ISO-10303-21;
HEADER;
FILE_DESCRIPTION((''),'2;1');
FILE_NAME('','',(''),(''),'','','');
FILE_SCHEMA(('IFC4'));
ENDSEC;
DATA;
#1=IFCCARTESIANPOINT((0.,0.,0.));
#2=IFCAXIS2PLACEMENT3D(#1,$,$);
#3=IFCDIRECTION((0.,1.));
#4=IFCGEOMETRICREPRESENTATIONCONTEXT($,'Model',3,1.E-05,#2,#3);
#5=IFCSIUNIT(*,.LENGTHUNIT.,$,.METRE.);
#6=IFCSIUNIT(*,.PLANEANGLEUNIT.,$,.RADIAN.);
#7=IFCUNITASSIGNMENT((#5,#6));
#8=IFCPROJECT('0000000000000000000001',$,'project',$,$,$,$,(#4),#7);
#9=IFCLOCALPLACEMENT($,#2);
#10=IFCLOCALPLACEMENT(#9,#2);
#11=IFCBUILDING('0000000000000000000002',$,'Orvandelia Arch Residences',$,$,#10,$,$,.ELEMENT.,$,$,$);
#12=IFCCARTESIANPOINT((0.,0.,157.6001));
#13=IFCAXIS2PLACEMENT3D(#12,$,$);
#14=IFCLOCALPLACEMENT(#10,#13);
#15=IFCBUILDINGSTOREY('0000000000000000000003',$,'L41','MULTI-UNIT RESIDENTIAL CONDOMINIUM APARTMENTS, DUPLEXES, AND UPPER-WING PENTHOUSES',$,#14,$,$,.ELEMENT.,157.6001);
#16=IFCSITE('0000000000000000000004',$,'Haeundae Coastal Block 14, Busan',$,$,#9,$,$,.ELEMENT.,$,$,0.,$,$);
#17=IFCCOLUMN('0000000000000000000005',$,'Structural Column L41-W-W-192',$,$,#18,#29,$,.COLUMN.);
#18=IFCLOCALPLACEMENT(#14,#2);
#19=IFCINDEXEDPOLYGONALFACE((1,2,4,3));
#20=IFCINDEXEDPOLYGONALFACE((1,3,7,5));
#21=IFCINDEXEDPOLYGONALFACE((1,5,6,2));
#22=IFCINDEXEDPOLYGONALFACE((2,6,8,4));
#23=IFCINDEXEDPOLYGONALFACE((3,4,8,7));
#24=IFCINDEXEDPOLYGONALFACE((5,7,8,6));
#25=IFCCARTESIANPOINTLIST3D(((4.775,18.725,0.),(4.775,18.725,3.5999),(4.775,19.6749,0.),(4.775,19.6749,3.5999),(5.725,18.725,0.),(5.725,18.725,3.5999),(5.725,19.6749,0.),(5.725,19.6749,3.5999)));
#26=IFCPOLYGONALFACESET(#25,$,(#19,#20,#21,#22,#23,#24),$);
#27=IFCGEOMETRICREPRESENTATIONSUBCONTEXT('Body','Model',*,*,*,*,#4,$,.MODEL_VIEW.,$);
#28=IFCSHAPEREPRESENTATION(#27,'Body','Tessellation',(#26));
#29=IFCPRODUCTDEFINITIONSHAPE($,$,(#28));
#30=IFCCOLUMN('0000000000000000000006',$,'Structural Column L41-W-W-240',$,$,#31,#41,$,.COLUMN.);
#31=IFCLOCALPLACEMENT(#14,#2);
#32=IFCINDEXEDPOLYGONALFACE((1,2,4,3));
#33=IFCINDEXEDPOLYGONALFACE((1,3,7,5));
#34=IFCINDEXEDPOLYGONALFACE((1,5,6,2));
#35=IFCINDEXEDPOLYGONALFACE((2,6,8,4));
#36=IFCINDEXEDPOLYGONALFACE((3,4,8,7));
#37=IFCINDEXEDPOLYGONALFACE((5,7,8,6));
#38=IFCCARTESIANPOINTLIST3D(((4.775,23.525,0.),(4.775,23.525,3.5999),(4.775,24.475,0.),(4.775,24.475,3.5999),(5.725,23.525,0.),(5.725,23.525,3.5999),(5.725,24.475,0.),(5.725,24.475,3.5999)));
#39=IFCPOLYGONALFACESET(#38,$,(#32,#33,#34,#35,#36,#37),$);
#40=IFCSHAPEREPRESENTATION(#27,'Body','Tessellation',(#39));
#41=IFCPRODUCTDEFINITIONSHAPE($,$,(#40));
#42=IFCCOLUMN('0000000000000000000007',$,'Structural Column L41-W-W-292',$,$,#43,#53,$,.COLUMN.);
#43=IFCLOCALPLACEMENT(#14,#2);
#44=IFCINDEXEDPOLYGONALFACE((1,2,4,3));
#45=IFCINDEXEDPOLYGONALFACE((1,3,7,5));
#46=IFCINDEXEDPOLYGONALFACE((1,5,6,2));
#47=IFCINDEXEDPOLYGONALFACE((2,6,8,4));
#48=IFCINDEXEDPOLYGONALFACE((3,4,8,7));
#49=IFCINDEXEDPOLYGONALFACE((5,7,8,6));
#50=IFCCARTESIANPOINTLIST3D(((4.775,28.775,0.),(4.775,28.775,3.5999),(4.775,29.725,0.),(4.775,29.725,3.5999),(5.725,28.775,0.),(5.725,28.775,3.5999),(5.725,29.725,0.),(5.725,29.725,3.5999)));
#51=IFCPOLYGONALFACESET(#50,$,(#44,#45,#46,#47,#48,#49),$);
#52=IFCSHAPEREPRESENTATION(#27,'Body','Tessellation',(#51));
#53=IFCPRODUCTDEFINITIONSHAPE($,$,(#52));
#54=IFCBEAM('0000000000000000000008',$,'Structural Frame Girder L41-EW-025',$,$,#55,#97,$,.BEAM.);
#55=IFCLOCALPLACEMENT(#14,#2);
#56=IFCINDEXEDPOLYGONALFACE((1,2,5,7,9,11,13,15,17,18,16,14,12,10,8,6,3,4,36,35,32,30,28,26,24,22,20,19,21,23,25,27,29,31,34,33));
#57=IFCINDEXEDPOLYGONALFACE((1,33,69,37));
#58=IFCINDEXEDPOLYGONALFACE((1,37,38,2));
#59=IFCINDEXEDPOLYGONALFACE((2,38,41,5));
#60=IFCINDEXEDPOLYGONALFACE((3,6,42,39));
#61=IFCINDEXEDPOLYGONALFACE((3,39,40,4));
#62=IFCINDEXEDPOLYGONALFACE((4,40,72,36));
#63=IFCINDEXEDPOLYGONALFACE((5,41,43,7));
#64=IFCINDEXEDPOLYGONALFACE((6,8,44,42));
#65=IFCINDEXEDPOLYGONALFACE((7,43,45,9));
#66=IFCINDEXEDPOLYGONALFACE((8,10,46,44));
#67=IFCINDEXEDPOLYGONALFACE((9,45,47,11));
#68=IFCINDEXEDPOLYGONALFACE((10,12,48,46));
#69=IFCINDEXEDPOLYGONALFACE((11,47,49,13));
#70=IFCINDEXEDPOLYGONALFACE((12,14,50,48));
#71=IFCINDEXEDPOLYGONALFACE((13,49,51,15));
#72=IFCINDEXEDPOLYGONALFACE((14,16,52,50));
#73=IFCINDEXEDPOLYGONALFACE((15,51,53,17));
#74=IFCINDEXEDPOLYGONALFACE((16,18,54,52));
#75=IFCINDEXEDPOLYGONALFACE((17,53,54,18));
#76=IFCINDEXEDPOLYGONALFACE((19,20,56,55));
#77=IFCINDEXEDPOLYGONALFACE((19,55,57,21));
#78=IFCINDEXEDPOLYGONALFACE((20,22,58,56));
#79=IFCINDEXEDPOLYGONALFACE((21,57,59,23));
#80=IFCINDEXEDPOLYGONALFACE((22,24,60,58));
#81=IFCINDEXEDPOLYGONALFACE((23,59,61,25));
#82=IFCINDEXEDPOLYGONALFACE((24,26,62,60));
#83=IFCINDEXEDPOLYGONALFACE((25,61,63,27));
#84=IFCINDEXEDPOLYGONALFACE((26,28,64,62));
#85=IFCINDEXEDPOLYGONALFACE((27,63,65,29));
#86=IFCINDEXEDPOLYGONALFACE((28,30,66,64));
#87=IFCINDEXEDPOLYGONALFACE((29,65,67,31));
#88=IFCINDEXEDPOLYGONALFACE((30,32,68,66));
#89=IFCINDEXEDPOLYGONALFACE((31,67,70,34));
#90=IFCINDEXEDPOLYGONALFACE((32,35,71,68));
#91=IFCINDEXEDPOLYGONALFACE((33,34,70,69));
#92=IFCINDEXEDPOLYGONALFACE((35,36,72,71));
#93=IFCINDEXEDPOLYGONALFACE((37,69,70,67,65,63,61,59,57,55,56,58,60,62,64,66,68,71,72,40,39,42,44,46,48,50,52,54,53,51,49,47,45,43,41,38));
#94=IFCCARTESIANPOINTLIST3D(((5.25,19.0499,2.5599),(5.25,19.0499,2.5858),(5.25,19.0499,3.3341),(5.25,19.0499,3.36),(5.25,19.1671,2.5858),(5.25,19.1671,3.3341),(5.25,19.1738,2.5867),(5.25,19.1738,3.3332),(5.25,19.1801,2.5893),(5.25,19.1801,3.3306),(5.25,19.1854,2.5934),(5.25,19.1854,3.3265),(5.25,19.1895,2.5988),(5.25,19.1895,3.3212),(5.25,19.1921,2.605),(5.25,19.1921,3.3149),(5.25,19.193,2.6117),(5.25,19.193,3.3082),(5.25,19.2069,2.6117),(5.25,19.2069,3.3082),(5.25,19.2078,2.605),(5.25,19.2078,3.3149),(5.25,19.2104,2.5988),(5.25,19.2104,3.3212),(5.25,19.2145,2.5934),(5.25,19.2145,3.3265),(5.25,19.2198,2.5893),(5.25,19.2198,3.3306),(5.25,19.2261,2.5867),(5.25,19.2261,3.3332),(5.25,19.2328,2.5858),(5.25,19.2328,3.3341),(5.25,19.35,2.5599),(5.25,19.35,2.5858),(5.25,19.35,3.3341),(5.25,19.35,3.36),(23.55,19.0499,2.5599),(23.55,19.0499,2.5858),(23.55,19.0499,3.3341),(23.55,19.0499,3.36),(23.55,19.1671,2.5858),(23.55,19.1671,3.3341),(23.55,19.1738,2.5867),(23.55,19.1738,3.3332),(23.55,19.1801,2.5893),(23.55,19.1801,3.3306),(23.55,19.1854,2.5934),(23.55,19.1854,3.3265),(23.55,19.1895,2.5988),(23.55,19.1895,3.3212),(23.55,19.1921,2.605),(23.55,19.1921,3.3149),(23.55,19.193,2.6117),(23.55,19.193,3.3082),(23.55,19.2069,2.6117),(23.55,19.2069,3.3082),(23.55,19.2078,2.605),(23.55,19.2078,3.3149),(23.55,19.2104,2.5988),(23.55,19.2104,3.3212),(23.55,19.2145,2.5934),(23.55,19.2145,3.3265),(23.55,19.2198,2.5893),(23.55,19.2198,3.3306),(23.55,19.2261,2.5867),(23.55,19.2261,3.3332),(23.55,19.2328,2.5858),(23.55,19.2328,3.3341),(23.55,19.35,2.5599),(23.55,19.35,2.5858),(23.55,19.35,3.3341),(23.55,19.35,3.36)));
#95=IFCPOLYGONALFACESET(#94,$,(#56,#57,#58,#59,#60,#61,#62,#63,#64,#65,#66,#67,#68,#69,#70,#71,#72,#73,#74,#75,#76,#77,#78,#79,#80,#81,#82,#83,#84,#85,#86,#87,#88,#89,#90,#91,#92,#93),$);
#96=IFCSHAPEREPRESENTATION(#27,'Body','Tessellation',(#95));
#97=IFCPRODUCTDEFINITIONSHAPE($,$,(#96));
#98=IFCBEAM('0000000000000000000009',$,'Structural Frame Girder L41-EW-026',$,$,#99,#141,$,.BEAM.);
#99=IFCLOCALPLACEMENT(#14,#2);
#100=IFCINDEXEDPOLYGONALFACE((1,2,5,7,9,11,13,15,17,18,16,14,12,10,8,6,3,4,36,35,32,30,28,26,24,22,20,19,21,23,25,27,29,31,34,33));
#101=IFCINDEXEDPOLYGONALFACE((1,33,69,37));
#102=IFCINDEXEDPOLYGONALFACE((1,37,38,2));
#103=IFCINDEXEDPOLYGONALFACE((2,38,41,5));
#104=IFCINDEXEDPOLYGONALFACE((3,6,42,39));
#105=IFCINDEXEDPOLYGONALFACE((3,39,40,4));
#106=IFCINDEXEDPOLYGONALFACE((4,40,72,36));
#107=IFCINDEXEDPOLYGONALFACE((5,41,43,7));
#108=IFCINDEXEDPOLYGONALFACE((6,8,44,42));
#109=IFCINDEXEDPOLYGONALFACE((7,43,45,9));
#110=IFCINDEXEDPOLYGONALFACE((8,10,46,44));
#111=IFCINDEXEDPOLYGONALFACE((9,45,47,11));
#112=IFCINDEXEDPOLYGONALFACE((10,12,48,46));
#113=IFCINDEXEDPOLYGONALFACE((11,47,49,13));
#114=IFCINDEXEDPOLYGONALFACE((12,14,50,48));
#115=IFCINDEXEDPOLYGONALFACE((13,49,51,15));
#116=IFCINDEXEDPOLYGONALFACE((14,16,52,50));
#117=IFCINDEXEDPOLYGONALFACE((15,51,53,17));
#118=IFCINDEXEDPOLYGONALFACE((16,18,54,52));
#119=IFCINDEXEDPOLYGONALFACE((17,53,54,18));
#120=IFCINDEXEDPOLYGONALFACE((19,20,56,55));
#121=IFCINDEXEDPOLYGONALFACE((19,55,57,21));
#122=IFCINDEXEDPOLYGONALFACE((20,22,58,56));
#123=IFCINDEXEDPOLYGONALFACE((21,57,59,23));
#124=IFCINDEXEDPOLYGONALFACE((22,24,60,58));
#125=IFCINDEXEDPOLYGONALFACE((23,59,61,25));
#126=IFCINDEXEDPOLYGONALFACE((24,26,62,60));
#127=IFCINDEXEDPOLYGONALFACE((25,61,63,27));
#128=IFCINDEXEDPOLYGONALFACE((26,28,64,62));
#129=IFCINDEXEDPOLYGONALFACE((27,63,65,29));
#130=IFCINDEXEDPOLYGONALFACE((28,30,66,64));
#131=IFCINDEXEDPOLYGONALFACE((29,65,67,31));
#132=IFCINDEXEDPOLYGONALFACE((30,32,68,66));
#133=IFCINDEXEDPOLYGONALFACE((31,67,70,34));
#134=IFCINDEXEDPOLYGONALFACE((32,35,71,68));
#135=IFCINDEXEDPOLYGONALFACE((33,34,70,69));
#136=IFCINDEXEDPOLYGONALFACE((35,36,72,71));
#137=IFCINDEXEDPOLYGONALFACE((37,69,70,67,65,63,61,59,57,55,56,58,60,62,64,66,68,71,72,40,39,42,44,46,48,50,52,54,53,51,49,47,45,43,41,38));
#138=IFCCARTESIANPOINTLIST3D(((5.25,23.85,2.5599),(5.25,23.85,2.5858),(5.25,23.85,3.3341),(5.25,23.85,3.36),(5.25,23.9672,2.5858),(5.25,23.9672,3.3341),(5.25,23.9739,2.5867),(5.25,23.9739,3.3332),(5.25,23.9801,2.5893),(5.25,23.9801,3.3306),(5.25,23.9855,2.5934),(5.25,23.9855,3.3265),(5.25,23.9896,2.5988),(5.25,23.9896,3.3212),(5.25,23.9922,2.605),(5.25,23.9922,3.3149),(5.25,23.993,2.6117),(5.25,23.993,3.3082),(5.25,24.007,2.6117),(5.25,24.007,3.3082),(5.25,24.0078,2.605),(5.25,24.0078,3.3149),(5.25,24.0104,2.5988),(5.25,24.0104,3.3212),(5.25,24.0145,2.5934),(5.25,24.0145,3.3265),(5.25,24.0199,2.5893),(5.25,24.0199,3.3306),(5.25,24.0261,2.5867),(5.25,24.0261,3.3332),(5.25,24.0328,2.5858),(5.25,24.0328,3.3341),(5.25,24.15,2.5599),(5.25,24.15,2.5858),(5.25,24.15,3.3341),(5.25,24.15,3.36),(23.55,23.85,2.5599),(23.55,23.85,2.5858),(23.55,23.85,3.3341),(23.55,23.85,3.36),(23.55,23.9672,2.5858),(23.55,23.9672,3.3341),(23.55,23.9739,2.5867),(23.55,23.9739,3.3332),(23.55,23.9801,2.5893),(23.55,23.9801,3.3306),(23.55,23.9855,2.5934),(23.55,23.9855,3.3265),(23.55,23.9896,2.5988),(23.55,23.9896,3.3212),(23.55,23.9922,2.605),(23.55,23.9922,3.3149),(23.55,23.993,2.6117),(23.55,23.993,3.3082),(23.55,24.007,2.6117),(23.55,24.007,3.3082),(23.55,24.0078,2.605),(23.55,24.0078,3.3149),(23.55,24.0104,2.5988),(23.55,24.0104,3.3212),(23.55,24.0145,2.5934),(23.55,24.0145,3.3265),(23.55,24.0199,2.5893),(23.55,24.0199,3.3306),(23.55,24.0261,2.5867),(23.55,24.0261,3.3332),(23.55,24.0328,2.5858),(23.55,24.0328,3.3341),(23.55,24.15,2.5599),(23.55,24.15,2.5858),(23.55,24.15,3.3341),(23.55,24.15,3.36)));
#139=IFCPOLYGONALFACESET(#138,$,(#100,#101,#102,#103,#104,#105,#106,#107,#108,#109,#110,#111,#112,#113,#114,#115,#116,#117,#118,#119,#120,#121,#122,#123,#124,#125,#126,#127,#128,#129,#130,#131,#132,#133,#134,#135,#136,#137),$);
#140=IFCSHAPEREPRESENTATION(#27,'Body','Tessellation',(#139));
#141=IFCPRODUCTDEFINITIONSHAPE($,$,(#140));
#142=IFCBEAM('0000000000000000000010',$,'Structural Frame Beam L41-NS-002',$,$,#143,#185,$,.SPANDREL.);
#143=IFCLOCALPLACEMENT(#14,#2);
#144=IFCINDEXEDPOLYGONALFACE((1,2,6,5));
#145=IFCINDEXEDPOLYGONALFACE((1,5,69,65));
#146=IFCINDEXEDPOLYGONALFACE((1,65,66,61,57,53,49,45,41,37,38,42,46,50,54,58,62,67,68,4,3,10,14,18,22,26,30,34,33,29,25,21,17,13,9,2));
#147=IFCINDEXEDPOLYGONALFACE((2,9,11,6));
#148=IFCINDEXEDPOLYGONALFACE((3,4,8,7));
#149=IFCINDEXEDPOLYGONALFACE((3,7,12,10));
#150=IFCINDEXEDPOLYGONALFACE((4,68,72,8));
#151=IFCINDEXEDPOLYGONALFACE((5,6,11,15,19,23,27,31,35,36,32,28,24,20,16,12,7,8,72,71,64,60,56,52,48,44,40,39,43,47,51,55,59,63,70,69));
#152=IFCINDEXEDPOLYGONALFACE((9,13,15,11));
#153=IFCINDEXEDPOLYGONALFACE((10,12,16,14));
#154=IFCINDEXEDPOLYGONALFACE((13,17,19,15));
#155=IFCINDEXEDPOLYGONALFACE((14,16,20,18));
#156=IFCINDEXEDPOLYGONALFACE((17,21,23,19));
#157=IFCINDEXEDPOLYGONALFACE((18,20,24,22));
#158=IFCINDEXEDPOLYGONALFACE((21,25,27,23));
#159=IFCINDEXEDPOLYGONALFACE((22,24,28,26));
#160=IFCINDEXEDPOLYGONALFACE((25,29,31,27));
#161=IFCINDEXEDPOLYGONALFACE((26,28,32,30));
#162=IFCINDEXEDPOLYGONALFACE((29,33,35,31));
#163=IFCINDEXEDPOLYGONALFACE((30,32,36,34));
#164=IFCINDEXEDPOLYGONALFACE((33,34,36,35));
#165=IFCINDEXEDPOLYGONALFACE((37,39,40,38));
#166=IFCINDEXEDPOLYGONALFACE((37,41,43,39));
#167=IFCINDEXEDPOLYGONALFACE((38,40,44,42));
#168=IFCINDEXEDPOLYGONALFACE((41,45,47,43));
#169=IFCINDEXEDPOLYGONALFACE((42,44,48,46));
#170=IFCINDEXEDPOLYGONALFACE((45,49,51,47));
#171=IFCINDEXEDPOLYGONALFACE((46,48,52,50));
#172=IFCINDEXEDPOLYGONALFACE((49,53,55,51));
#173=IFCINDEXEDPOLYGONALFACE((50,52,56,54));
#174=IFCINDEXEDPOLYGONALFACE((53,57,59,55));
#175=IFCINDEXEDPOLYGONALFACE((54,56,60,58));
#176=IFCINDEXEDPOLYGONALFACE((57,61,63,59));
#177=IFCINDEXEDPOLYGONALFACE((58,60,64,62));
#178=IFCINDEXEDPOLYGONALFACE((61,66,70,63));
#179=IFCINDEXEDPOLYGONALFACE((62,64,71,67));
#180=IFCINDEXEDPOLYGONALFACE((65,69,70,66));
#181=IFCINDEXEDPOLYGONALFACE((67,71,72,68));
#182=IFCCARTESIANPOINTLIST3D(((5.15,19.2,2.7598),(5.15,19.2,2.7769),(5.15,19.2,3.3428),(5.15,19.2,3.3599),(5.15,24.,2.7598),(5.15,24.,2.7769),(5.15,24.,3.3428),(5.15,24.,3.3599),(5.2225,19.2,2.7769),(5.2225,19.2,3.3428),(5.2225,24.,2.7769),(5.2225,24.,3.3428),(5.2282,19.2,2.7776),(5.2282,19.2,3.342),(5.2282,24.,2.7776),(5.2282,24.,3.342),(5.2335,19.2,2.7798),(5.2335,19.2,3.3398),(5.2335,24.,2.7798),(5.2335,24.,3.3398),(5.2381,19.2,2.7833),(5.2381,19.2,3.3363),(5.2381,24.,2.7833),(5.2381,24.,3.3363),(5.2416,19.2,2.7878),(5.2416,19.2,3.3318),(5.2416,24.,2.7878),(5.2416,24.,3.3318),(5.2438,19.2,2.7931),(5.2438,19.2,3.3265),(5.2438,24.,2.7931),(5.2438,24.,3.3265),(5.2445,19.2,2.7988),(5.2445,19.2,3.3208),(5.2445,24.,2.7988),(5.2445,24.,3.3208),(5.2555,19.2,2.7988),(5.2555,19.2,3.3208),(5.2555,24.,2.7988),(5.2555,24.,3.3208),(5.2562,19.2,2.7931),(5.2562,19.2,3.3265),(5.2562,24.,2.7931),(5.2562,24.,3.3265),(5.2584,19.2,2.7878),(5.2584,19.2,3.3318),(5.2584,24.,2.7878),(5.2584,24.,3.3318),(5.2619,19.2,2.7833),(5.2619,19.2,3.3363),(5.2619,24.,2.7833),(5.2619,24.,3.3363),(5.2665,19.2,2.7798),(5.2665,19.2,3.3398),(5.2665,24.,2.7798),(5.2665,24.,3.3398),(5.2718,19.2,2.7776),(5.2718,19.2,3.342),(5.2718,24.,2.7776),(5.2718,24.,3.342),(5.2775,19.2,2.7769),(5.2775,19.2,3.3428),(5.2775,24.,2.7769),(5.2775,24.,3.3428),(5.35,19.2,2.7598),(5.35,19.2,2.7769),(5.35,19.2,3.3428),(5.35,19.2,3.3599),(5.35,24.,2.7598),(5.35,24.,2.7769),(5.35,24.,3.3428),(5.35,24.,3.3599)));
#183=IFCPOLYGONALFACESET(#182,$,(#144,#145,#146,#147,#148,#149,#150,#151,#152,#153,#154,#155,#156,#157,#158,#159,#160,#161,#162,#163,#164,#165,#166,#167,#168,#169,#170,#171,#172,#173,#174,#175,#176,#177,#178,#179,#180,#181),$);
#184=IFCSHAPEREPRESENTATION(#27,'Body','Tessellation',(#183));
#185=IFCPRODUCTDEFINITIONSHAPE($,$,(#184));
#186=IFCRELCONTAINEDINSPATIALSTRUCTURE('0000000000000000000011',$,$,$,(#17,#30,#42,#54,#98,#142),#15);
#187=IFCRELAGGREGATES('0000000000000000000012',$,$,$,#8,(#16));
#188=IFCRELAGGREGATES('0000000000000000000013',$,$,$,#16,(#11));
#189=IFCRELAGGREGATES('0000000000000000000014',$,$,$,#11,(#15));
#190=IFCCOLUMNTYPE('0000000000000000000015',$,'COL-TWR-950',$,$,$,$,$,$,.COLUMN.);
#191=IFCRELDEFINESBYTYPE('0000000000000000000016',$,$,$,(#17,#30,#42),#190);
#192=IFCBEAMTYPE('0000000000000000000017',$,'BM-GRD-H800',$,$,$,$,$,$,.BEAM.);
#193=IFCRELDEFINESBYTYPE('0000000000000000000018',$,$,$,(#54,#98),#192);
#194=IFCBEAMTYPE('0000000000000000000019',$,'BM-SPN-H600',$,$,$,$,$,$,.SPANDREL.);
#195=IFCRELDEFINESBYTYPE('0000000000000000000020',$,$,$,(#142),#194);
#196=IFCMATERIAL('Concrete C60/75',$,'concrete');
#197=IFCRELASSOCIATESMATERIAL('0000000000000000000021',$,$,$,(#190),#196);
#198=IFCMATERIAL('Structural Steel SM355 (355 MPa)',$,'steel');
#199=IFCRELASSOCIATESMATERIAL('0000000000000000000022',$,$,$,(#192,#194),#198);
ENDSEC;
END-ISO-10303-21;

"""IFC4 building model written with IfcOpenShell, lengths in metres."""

from ifc_helpers import new_model, si_unit, direction, frame, origin, origin_2d, place, context, subcontext, project, spatial, rectangle, i_section, extrude, material, material_profile, profile_set, type_object, element, save


model = new_model("IFC4")

# Units and contexts
model_context = context("Model", 3, precision=1e-05, world=origin(), true_north=direction((0.0, 1.0)))
body_context = subcontext(model_context, "Body", "Model", "MODEL_VIEW")
ifc_project = project(units=[si_unit("LENGTHUNIT", "METRE"), si_unit("PLANEANGLEUNIT", "RADIAN")], contexts=[model_context])

# Site, building, storey
site_placement = place(None, origin())
site = spatial("IfcSite", under=ifc_project, at=site_placement, Name="Haeundae Coastal Block 14, Busan", CompositionType="ELEMENT", RefElevation=0.0)
building_placement = place(site_placement, origin())
building = spatial("IfcBuilding", under=site, at=building_placement, Name="Orvandelia Arch Residences", CompositionType="ELEMENT")
storey_placement = place(building_placement, frame((0.0, 0.0, 157.6001)))
storey = spatial("IfcBuildingStorey", under=building, at=storey_placement, Name="L41", Description="MULTI-UNIT RESIDENTIAL CONDOMINIUM APARTMENTS, DUPLEXES, AND UPPER-WING PENTHOUSES", CompositionType="ELEMENT", Elevation=157.6001)

# Columns
ifc_material_1 = material(Name="Concrete C60/75", Category="concrete")
ifc_material_profile_1 = material_profile(ifc_material_1, rectangle(XDim=0.95, YDim=0.95, at=origin_2d()), Name="Concrete C60/75", Category="concrete")
ifc_profile_set_1 = profile_set([ifc_material_profile_1], Name="Concrete C60/75")
column_type = type_object("IfcColumnType", Name="COL-TWR-950", PredefinedType="COLUMN", material=ifc_profile_set_1)
for number, where, z_axis, x_axis, name in (
    (1, (5.25, 19.2, 0.0), (0.0, 0.0, 1.0), (1.0, 0.0, 0.0), "Structural Column L41-W-W-192"),
    (2, (5.25, 24.0, 0.0), (0.0, 0.0, 1.0), (1.0, 0.0, 0.0), "Structural Column L41-W-W-240"),
    (3, (5.25, 29.25, 0.0), (0.0, 0.0, 1.0), (1.0, 0.0, 0.0), "Structural Column L41-W-W-292"),
):
    element("IfcColumn", number, at=place(storey_placement, frame(where, z_axis=z_axis, x_axis=x_axis)), inside=storey, type_object=column_type, Name=name, PredefinedType="COLUMN", context=body_context, shape_type="SweptSolid", body=[
        extrude(rectangle(XDim=0.95, YDim=0.95, at=origin_2d()), origin(), (0.0, 0.0, 1.0), 3.5999),
    ])

# Beams
ifc_material_2 = material(Name="Structural Steel SM355 (355 MPa)", Category="steel")
ifc_material_profile_2 = material_profile(ifc_material_2, i_section(OverallWidth=0.3, OverallDepth=0.8, WebThickness=0.0139, FlangeThickness=0.0259, FilletRadius=0.0259, at=origin_2d()), Name="Structural Steel SM355 (355 MPa)", Category="steel")
ifc_profile_set_2 = profile_set([ifc_material_profile_2], Name="Structural Steel SM355 (355 MPa)")
beam_type_1 = type_object("IfcBeamType", Name="BM-GRD-H800", PredefinedType="BEAM", material=ifc_profile_set_2)
for number, where, z_axis, x_axis, name in (
    (4, (5.25, 19.2, 2.96), (1.0, 0.0, 0.0), (0.0, 1.0, 0.0), "Structural Frame Girder L41-EW-025"),
    (5, (5.25, 24.0, 2.96), (1.0, 0.0, 0.0), (0.0, 1.0, 0.0), "Structural Frame Girder L41-EW-026"),
):
    element("IfcBeam", number, at=place(storey_placement, frame(where, z_axis=z_axis, x_axis=x_axis)), inside=storey, type_object=beam_type_1, Name=name, PredefinedType="BEAM", context=body_context, shape_type="SweptSolid", body=[
        extrude(i_section(OverallWidth=0.3, OverallDepth=0.8, WebThickness=0.0139, FlangeThickness=0.0259, FilletRadius=0.0259, at=origin_2d()), origin(), (0.0, 0.0, 1.0), 18.3),
    ])
ifc_material_profile_3 = material_profile(ifc_material_2, i_section(OverallWidth=0.2, OverallDepth=0.6001, WebThickness=0.011, FlangeThickness=0.0171, FilletRadius=0.022, at=origin_2d()), Name="Structural Steel SM355 (355 MPa)", Category="steel")
ifc_profile_set_3 = profile_set([ifc_material_profile_3], Name="Structural Steel SM355 (355 MPa)")
beam_type_2 = type_object("IfcBeamType", Name="BM-SPN-H600", PredefinedType="SPANDREL", material=ifc_profile_set_3)
beam_1_placement = place(storey_placement, frame((5.25, 19.2, 3.0598), z_axis=(0.0, 1.0, 0.0), x_axis=(-1.0, 0.0, 0.0)))
element("IfcBeam", 6, at=beam_1_placement, inside=storey, type_object=beam_type_2, Name="Structural Frame Beam L41-NS-002", PredefinedType="SPANDREL", context=body_context, shape_type="SweptSolid", body=[
    extrude(i_section(OverallWidth=0.2, OverallDepth=0.6001, WebThickness=0.011, FlangeThickness=0.0171, FilletRadius=0.022, at=origin_2d()), origin(), (0.0, 0.0, 1.0), 4.8),
])

save(model, "model.ifc")
